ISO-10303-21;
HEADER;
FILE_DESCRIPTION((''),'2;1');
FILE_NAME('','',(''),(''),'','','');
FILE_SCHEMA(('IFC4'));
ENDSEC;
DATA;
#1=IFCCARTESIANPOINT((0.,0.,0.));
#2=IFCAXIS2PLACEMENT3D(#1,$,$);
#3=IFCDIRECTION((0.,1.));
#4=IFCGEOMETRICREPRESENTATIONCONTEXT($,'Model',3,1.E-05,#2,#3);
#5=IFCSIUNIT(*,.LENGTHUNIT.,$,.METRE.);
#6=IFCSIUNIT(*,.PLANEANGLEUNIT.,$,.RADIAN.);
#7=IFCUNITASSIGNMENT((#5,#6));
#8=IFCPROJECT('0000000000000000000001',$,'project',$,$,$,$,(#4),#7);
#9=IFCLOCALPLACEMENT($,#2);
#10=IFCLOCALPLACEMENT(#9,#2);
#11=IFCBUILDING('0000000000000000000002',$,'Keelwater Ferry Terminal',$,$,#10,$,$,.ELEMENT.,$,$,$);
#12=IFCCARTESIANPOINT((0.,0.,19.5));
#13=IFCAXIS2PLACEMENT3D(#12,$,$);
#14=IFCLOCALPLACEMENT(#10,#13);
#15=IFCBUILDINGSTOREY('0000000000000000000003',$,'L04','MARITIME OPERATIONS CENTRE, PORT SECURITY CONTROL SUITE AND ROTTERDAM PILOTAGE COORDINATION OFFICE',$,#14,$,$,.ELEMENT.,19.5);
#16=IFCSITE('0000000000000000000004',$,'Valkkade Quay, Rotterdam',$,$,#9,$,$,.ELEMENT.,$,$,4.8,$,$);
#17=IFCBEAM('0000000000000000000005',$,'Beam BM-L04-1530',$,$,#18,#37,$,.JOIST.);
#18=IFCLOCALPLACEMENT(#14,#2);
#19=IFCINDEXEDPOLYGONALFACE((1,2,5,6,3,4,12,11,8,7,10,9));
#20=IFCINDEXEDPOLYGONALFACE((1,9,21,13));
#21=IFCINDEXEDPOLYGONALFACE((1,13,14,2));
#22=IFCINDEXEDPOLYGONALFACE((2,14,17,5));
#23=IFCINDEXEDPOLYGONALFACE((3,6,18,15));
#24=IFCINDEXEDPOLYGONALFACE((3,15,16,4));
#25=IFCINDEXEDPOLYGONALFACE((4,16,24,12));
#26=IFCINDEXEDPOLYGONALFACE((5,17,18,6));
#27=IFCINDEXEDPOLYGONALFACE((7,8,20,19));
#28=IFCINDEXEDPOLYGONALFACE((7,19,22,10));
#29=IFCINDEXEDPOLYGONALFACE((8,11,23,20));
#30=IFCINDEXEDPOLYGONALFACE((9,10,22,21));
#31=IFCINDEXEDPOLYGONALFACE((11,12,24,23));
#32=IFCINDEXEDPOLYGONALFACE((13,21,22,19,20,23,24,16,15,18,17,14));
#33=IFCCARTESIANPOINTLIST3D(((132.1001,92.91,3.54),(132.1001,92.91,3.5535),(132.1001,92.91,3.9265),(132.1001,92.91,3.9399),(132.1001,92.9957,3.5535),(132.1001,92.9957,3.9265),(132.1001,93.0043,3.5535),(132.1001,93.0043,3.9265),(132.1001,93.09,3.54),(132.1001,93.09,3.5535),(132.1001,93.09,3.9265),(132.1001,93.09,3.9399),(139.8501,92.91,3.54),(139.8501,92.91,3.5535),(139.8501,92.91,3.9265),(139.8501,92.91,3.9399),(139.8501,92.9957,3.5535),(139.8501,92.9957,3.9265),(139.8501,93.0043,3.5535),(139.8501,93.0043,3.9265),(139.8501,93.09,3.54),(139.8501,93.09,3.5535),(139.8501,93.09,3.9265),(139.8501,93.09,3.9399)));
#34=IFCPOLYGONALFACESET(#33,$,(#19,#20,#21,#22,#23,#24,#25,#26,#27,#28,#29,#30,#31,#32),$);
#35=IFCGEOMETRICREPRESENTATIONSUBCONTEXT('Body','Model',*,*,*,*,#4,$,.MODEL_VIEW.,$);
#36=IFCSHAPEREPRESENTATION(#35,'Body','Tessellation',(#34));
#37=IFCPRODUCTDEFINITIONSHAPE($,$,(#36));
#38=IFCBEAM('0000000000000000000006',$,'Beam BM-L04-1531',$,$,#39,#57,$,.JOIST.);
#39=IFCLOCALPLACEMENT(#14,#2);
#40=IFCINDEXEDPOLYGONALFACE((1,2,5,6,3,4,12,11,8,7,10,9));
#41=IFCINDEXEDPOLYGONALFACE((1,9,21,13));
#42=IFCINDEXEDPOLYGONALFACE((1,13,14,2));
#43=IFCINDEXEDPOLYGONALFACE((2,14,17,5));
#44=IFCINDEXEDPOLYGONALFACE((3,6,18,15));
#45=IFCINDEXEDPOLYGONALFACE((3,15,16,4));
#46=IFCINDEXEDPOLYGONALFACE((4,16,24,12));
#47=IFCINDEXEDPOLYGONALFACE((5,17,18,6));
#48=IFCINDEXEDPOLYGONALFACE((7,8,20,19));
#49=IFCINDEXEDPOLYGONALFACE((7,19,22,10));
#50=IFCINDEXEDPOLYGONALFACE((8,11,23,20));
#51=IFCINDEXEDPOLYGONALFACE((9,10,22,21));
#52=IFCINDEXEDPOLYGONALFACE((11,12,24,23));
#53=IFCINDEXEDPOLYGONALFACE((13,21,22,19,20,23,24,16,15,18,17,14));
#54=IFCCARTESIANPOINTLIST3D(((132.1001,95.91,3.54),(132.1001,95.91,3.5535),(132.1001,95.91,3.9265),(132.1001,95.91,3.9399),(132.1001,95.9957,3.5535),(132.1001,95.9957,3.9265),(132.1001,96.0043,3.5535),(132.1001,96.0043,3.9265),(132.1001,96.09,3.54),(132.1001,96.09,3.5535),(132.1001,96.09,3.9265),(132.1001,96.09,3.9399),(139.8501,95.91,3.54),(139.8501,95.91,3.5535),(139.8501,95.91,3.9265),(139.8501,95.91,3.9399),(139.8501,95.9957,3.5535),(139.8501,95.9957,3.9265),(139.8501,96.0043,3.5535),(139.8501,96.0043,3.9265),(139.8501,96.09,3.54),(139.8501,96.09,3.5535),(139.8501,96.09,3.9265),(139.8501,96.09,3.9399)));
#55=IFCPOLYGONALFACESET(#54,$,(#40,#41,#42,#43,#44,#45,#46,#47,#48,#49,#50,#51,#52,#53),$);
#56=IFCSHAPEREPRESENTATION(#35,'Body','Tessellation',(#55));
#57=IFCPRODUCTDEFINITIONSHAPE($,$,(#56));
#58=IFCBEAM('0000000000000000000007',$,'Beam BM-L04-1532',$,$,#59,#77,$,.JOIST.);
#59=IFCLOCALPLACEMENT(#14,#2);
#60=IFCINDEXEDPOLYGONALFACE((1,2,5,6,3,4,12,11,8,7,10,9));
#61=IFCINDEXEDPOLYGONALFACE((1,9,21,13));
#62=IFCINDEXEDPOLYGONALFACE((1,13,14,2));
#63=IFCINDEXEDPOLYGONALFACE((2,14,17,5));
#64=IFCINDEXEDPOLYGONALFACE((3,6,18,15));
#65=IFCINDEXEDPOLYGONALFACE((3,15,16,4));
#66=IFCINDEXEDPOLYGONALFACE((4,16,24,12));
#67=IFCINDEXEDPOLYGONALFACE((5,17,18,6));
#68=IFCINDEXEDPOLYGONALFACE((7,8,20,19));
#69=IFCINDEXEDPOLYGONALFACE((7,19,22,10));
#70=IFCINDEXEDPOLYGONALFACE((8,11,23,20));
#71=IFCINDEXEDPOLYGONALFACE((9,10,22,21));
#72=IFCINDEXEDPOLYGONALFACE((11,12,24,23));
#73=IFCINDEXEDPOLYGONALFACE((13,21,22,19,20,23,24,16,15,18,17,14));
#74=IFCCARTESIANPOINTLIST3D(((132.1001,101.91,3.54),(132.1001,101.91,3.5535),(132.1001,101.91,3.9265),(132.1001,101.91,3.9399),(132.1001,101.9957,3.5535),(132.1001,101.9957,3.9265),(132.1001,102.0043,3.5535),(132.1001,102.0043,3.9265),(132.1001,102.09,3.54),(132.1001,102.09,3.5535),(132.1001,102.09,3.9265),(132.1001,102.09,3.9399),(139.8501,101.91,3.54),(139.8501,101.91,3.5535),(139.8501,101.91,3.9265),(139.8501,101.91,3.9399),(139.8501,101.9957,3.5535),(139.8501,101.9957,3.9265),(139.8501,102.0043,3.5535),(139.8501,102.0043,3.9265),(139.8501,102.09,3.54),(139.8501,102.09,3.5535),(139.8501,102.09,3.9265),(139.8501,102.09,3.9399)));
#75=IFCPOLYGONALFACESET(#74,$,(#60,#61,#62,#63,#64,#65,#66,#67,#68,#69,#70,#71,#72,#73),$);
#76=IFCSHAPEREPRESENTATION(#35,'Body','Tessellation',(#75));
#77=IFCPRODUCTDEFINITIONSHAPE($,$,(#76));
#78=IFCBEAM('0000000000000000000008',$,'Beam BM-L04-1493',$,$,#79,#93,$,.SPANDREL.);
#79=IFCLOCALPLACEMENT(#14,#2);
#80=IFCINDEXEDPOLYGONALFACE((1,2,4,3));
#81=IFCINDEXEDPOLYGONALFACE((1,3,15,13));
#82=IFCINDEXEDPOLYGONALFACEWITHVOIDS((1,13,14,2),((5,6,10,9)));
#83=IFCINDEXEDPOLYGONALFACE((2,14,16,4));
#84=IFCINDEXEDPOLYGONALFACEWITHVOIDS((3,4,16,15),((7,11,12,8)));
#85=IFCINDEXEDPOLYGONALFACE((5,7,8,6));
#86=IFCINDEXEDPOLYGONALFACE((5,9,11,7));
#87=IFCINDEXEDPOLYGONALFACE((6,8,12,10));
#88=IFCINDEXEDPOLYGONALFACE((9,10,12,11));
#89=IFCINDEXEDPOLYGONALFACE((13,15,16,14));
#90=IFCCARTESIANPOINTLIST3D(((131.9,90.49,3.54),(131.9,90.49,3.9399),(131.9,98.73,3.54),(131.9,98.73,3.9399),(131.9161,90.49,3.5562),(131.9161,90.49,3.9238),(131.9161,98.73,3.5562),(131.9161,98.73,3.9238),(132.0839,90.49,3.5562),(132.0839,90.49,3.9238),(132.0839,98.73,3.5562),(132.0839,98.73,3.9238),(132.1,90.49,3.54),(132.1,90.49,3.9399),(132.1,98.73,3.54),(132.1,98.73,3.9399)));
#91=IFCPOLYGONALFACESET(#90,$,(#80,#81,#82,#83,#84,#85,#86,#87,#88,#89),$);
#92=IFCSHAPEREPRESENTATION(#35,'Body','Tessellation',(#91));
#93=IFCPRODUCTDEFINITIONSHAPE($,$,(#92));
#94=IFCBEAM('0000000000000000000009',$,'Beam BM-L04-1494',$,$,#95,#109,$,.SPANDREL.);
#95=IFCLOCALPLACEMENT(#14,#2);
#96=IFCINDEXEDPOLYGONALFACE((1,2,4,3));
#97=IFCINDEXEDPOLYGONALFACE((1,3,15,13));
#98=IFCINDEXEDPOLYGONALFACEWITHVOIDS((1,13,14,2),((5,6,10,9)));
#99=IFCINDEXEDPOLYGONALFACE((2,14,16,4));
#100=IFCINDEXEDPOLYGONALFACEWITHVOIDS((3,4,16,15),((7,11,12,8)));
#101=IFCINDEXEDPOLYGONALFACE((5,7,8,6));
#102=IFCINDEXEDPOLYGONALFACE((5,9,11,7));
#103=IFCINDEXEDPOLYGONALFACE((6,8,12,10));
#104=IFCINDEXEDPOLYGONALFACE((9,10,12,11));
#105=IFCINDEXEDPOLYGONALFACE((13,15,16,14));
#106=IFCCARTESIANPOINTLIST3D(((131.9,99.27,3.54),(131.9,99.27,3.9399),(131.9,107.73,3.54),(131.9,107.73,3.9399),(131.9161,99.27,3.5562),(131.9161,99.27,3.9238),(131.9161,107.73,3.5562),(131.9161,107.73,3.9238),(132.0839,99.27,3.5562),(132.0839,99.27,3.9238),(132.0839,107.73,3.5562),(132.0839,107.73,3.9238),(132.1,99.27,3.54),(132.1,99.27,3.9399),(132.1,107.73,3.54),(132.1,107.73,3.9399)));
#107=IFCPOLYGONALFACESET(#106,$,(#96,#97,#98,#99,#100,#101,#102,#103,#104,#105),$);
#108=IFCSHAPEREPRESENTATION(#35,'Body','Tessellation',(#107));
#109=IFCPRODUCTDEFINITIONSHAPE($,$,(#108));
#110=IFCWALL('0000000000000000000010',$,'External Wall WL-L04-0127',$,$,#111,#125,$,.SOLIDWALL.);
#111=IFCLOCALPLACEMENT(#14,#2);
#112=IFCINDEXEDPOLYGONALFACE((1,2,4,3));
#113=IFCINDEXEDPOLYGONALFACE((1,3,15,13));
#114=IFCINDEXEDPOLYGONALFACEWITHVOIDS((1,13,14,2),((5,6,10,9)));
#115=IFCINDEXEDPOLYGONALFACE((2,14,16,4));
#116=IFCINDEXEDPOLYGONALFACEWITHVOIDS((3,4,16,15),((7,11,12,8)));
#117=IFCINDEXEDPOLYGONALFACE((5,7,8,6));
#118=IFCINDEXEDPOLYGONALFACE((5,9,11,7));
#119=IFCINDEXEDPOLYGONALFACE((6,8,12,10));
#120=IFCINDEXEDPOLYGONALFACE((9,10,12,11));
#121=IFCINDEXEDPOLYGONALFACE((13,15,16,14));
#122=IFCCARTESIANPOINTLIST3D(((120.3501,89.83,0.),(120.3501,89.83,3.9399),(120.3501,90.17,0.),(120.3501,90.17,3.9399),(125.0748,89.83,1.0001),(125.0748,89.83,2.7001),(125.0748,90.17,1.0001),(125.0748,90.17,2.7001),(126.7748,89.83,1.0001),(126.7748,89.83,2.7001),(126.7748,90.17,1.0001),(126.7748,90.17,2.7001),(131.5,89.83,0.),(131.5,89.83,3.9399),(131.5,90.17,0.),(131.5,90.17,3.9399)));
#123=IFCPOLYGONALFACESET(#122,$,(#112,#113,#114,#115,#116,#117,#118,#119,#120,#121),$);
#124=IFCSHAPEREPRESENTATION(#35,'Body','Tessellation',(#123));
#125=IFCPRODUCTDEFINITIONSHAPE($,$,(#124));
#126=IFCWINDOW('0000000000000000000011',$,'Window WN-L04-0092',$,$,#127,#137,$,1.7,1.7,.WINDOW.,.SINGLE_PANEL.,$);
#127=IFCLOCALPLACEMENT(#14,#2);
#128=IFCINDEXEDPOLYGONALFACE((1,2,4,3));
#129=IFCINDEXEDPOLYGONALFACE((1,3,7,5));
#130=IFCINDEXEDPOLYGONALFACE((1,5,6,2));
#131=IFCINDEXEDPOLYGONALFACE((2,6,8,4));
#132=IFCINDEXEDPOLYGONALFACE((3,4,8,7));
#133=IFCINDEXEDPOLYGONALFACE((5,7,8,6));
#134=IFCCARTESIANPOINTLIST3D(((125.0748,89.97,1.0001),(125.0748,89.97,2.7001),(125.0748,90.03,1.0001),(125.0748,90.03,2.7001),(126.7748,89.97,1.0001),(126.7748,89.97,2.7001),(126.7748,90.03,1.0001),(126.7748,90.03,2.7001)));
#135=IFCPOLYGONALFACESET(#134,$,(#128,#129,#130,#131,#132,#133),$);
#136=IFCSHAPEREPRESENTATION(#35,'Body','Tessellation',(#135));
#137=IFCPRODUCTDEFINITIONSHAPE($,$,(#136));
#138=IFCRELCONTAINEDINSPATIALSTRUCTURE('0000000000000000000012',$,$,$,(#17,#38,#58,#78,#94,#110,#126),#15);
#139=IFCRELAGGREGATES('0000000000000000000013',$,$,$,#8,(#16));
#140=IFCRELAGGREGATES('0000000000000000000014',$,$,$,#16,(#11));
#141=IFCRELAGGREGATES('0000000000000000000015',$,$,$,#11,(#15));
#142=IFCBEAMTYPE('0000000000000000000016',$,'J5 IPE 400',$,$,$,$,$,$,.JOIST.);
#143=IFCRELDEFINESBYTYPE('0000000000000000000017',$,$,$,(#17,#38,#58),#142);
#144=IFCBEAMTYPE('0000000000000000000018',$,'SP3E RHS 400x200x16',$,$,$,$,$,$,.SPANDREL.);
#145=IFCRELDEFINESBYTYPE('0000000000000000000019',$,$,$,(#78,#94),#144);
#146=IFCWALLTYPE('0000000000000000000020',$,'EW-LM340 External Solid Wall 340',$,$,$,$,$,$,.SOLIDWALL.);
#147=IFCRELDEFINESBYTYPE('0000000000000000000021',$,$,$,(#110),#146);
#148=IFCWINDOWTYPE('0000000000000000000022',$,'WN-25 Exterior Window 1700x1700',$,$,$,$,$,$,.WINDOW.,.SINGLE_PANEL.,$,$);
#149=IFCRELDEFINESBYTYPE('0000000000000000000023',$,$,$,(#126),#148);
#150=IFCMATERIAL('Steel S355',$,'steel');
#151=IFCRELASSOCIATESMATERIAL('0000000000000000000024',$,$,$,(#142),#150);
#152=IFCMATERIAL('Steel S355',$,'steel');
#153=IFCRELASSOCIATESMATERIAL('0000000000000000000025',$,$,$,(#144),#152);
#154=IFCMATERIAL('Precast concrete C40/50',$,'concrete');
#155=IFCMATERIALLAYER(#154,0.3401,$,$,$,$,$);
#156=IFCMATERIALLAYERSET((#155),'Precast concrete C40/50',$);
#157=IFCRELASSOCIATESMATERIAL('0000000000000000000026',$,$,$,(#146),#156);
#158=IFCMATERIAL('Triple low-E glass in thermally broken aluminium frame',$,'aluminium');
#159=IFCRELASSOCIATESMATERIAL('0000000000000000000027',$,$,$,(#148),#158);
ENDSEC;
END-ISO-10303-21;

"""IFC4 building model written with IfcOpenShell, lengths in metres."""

from ifc_helpers import new_model, si_unit, direction, frame, frame_2d, origin, origin_2d, place, context, subcontext, project, spatial, rectangle, hollow_rectangle, i_section, extrude, material, layer, layer_set, material_profile, profile_set, type_object, element, fill, save


model = new_model("IFC4")

# Units and contexts
model_context = context("Model", 3, precision=1e-05, world=origin(), true_north=direction((0.0, 1.0)))
body_context = subcontext(model_context, "Body", "Model", "MODEL_VIEW")
ifc_project = project(units=[si_unit("LENGTHUNIT", "METRE"), si_unit("PLANEANGLEUNIT", "RADIAN")], contexts=[model_context])

# Site, building, storey
site_placement = place(None, origin())
site = spatial("IfcSite", under=ifc_project, at=site_placement, Name="Valkkade Quay, Rotterdam", CompositionType="ELEMENT", RefElevation=4.8)
building_placement = place(site_placement, origin())
building = spatial("IfcBuilding", under=site, at=building_placement, Name="Keelwater Ferry Terminal", CompositionType="ELEMENT")
storey_placement = place(building_placement, frame((0.0, 0.0, 19.5)))
storey = spatial("IfcBuildingStorey", under=building, at=storey_placement, Name="L04", Description="MARITIME OPERATIONS CENTRE, PORT SECURITY CONTROL SUITE AND ROTTERDAM PILOTAGE COORDINATION OFFICE", CompositionType="ELEMENT", Elevation=19.5)

# Beams
ifc_material_1 = material(Name="Steel S355", Category="steel")
ifc_material_profile_1 = material_profile(ifc_material_1, i_section(OverallWidth=0.1799, OverallDepth=0.3999, WebThickness=0.0085, FlangeThickness=0.0134, at=origin_2d()), Name="IPE 400")
ifc_profile_set_1 = profile_set([ifc_material_profile_1], Name="Steel S355")
beam_type_1 = type_object("IfcBeamType", Name="J5 IPE 400", PredefinedType="JOIST", material=ifc_profile_set_1)
for number, where, z_axis, x_axis, name in (
    (1, (132.1001, 93.0, 3.74), (1.0, 0.0, 0.0), (0.0, 1.0, 0.0), "Beam BM-L04-1530"),
    (2, (132.1001, 96.0, 3.74), (1.0, 0.0, 0.0), (0.0, 1.0, 0.0), "Beam BM-L04-1531"),
    (3, (132.1001, 102.0, 3.74), (1.0, 0.0, 0.0), (0.0, 1.0, 0.0), "Beam BM-L04-1532"),
):
    element("IfcBeam", number, at=place(storey_placement, frame(where, z_axis=z_axis, x_axis=x_axis)), inside=storey, type_object=beam_type_1, Name=name, PredefinedType="JOIST", context=body_context, shape_type="SweptSolid", body=[
        extrude(i_section(OverallWidth=0.1799, OverallDepth=0.3999, WebThickness=0.0085, FlangeThickness=0.0134, at=origin_2d()), origin(), (0.0, 0.0, 1.0), 7.75),
    ])
ifc_material_2 = material(Name="Steel S355", Category="steel")
ifc_material_profile_2 = material_profile(ifc_material_2, hollow_rectangle(XDim=0.2, YDim=0.3999, WallThickness=0.0161, at=origin_2d()), Name="RHS 400x200x16")
ifc_profile_set_2 = profile_set([ifc_material_profile_2], Name="Steel S355")
beam_type_2 = type_object("IfcBeamType", Name="SP3E RHS 400x200x16", PredefinedType="SPANDREL", material=ifc_profile_set_2)
beam_1_placement = place(storey_placement, frame((132.0, 90.49, 3.74), z_axis=(0.0, 1.0, 0.0), x_axis=(-1.0, 0.0, 0.0)))
element("IfcBeam", 4, at=beam_1_placement, inside=storey, type_object=beam_type_2, Name="Beam BM-L04-1493", PredefinedType="SPANDREL", context=body_context, shape_type="SweptSolid", body=[
    extrude(hollow_rectangle(XDim=0.2, YDim=0.3999, WallThickness=0.0161, at=origin_2d()), origin(), (0.0, 0.0, 1.0), 8.24),
])
beam_2_placement = place(storey_placement, frame((132.0, 99.27, 3.74), z_axis=(0.0, 1.0, 0.0), x_axis=(-1.0, 0.0, 0.0)))
element("IfcBeam", 5, at=beam_2_placement, inside=storey, type_object=beam_type_2, Name="Beam BM-L04-1494", PredefinedType="SPANDREL", context=body_context, shape_type="SweptSolid", body=[
    extrude(hollow_rectangle(XDim=0.2, YDim=0.3999, WallThickness=0.0161, at=origin_2d()), origin(), (0.0, 0.0, 1.0), 8.46),
])

# Wall, opening, window
ifc_material_3 = material(Name="Precast concrete C40/50", Category="concrete")
ifc_layer_1 = layer(ifc_material_3, 0.3401)
ifc_layer_set_1 = layer_set([ifc_layer_1], Name="Precast concrete C40/50")
wall_type_1 = type_object("IfcWallType", Name="EW-LM340 External Solid Wall 340", PredefinedType="SOLIDWALL", material=ifc_layer_set_1)
wall_1_placement = place(storey_placement, frame((131.5, 90.0, 0.0), z_axis=(0.0, 0.0, 1.0), x_axis=(-1.0, 0.0, 0.0)))
wall_1 = element("IfcWall", 6, at=wall_1_placement, inside=storey, type_object=wall_type_1, Name="External Wall WL-L04-0127", PredefinedType="SOLIDWALL", context=body_context, shape_type="SweptSolid", body=[
    extrude(rectangle(XDim=11.1499, YDim=0.3401, at=frame_2d((5.575, 0.0))), origin(), (0.0, 0.0, 1.0), 3.9399),
])
opening_1_placement = place(wall_1_placement, frame((4.7251, 0.0, 1.0)))
opening_1 = element("IfcOpeningElement", 7, at=opening_1_placement, cuts=wall_1, PredefinedType="OPENING", context=body_context, shape_type="SweptSolid", body=[
    extrude(rectangle(XDim=1.7, YDim=1.7, at=frame_2d((0.8501, 0.8501))), frame((0.0, 0.1799, 0.0), z_axis=(0.0, -1.0, 0.0), x_axis=(1.0, 0.0, 0.0)), (0.0, 0.0, 1.0), 0.3601),
])
ifc_material_4 = material(Name="Triple low-E glass in thermally broken aluminium frame", Category="aluminium")
window_type = type_object("IfcWindowType", Name="WN-25 Exterior Window 1700x1700", PartitioningType="SINGLE_PANEL", PredefinedType="WINDOW", material=ifc_material_4)
window_placement = place(opening_1_placement, origin())
window = element("IfcWindow", 8, at=window_placement, inside=storey, type_object=window_type, Name="Window WN-L04-0092", OverallHeight=1.7, OverallWidth=1.7, PartitioningType="SINGLE_PANEL", PredefinedType="WINDOW", context=body_context, shape_type="SweptSolid", body=[
    extrude(rectangle(XDim=1.7, YDim=1.7, at=frame_2d((0.8501, 0.8501))), frame((0.0, 0.03, 0.0), z_axis=(0.0, -1.0, 0.0), x_axis=(1.0, 0.0, 0.0)), (0.0, 0.0, 1.0), 0.0601),
])
fill(opening_1, window)

save(model, "model.ifc")
